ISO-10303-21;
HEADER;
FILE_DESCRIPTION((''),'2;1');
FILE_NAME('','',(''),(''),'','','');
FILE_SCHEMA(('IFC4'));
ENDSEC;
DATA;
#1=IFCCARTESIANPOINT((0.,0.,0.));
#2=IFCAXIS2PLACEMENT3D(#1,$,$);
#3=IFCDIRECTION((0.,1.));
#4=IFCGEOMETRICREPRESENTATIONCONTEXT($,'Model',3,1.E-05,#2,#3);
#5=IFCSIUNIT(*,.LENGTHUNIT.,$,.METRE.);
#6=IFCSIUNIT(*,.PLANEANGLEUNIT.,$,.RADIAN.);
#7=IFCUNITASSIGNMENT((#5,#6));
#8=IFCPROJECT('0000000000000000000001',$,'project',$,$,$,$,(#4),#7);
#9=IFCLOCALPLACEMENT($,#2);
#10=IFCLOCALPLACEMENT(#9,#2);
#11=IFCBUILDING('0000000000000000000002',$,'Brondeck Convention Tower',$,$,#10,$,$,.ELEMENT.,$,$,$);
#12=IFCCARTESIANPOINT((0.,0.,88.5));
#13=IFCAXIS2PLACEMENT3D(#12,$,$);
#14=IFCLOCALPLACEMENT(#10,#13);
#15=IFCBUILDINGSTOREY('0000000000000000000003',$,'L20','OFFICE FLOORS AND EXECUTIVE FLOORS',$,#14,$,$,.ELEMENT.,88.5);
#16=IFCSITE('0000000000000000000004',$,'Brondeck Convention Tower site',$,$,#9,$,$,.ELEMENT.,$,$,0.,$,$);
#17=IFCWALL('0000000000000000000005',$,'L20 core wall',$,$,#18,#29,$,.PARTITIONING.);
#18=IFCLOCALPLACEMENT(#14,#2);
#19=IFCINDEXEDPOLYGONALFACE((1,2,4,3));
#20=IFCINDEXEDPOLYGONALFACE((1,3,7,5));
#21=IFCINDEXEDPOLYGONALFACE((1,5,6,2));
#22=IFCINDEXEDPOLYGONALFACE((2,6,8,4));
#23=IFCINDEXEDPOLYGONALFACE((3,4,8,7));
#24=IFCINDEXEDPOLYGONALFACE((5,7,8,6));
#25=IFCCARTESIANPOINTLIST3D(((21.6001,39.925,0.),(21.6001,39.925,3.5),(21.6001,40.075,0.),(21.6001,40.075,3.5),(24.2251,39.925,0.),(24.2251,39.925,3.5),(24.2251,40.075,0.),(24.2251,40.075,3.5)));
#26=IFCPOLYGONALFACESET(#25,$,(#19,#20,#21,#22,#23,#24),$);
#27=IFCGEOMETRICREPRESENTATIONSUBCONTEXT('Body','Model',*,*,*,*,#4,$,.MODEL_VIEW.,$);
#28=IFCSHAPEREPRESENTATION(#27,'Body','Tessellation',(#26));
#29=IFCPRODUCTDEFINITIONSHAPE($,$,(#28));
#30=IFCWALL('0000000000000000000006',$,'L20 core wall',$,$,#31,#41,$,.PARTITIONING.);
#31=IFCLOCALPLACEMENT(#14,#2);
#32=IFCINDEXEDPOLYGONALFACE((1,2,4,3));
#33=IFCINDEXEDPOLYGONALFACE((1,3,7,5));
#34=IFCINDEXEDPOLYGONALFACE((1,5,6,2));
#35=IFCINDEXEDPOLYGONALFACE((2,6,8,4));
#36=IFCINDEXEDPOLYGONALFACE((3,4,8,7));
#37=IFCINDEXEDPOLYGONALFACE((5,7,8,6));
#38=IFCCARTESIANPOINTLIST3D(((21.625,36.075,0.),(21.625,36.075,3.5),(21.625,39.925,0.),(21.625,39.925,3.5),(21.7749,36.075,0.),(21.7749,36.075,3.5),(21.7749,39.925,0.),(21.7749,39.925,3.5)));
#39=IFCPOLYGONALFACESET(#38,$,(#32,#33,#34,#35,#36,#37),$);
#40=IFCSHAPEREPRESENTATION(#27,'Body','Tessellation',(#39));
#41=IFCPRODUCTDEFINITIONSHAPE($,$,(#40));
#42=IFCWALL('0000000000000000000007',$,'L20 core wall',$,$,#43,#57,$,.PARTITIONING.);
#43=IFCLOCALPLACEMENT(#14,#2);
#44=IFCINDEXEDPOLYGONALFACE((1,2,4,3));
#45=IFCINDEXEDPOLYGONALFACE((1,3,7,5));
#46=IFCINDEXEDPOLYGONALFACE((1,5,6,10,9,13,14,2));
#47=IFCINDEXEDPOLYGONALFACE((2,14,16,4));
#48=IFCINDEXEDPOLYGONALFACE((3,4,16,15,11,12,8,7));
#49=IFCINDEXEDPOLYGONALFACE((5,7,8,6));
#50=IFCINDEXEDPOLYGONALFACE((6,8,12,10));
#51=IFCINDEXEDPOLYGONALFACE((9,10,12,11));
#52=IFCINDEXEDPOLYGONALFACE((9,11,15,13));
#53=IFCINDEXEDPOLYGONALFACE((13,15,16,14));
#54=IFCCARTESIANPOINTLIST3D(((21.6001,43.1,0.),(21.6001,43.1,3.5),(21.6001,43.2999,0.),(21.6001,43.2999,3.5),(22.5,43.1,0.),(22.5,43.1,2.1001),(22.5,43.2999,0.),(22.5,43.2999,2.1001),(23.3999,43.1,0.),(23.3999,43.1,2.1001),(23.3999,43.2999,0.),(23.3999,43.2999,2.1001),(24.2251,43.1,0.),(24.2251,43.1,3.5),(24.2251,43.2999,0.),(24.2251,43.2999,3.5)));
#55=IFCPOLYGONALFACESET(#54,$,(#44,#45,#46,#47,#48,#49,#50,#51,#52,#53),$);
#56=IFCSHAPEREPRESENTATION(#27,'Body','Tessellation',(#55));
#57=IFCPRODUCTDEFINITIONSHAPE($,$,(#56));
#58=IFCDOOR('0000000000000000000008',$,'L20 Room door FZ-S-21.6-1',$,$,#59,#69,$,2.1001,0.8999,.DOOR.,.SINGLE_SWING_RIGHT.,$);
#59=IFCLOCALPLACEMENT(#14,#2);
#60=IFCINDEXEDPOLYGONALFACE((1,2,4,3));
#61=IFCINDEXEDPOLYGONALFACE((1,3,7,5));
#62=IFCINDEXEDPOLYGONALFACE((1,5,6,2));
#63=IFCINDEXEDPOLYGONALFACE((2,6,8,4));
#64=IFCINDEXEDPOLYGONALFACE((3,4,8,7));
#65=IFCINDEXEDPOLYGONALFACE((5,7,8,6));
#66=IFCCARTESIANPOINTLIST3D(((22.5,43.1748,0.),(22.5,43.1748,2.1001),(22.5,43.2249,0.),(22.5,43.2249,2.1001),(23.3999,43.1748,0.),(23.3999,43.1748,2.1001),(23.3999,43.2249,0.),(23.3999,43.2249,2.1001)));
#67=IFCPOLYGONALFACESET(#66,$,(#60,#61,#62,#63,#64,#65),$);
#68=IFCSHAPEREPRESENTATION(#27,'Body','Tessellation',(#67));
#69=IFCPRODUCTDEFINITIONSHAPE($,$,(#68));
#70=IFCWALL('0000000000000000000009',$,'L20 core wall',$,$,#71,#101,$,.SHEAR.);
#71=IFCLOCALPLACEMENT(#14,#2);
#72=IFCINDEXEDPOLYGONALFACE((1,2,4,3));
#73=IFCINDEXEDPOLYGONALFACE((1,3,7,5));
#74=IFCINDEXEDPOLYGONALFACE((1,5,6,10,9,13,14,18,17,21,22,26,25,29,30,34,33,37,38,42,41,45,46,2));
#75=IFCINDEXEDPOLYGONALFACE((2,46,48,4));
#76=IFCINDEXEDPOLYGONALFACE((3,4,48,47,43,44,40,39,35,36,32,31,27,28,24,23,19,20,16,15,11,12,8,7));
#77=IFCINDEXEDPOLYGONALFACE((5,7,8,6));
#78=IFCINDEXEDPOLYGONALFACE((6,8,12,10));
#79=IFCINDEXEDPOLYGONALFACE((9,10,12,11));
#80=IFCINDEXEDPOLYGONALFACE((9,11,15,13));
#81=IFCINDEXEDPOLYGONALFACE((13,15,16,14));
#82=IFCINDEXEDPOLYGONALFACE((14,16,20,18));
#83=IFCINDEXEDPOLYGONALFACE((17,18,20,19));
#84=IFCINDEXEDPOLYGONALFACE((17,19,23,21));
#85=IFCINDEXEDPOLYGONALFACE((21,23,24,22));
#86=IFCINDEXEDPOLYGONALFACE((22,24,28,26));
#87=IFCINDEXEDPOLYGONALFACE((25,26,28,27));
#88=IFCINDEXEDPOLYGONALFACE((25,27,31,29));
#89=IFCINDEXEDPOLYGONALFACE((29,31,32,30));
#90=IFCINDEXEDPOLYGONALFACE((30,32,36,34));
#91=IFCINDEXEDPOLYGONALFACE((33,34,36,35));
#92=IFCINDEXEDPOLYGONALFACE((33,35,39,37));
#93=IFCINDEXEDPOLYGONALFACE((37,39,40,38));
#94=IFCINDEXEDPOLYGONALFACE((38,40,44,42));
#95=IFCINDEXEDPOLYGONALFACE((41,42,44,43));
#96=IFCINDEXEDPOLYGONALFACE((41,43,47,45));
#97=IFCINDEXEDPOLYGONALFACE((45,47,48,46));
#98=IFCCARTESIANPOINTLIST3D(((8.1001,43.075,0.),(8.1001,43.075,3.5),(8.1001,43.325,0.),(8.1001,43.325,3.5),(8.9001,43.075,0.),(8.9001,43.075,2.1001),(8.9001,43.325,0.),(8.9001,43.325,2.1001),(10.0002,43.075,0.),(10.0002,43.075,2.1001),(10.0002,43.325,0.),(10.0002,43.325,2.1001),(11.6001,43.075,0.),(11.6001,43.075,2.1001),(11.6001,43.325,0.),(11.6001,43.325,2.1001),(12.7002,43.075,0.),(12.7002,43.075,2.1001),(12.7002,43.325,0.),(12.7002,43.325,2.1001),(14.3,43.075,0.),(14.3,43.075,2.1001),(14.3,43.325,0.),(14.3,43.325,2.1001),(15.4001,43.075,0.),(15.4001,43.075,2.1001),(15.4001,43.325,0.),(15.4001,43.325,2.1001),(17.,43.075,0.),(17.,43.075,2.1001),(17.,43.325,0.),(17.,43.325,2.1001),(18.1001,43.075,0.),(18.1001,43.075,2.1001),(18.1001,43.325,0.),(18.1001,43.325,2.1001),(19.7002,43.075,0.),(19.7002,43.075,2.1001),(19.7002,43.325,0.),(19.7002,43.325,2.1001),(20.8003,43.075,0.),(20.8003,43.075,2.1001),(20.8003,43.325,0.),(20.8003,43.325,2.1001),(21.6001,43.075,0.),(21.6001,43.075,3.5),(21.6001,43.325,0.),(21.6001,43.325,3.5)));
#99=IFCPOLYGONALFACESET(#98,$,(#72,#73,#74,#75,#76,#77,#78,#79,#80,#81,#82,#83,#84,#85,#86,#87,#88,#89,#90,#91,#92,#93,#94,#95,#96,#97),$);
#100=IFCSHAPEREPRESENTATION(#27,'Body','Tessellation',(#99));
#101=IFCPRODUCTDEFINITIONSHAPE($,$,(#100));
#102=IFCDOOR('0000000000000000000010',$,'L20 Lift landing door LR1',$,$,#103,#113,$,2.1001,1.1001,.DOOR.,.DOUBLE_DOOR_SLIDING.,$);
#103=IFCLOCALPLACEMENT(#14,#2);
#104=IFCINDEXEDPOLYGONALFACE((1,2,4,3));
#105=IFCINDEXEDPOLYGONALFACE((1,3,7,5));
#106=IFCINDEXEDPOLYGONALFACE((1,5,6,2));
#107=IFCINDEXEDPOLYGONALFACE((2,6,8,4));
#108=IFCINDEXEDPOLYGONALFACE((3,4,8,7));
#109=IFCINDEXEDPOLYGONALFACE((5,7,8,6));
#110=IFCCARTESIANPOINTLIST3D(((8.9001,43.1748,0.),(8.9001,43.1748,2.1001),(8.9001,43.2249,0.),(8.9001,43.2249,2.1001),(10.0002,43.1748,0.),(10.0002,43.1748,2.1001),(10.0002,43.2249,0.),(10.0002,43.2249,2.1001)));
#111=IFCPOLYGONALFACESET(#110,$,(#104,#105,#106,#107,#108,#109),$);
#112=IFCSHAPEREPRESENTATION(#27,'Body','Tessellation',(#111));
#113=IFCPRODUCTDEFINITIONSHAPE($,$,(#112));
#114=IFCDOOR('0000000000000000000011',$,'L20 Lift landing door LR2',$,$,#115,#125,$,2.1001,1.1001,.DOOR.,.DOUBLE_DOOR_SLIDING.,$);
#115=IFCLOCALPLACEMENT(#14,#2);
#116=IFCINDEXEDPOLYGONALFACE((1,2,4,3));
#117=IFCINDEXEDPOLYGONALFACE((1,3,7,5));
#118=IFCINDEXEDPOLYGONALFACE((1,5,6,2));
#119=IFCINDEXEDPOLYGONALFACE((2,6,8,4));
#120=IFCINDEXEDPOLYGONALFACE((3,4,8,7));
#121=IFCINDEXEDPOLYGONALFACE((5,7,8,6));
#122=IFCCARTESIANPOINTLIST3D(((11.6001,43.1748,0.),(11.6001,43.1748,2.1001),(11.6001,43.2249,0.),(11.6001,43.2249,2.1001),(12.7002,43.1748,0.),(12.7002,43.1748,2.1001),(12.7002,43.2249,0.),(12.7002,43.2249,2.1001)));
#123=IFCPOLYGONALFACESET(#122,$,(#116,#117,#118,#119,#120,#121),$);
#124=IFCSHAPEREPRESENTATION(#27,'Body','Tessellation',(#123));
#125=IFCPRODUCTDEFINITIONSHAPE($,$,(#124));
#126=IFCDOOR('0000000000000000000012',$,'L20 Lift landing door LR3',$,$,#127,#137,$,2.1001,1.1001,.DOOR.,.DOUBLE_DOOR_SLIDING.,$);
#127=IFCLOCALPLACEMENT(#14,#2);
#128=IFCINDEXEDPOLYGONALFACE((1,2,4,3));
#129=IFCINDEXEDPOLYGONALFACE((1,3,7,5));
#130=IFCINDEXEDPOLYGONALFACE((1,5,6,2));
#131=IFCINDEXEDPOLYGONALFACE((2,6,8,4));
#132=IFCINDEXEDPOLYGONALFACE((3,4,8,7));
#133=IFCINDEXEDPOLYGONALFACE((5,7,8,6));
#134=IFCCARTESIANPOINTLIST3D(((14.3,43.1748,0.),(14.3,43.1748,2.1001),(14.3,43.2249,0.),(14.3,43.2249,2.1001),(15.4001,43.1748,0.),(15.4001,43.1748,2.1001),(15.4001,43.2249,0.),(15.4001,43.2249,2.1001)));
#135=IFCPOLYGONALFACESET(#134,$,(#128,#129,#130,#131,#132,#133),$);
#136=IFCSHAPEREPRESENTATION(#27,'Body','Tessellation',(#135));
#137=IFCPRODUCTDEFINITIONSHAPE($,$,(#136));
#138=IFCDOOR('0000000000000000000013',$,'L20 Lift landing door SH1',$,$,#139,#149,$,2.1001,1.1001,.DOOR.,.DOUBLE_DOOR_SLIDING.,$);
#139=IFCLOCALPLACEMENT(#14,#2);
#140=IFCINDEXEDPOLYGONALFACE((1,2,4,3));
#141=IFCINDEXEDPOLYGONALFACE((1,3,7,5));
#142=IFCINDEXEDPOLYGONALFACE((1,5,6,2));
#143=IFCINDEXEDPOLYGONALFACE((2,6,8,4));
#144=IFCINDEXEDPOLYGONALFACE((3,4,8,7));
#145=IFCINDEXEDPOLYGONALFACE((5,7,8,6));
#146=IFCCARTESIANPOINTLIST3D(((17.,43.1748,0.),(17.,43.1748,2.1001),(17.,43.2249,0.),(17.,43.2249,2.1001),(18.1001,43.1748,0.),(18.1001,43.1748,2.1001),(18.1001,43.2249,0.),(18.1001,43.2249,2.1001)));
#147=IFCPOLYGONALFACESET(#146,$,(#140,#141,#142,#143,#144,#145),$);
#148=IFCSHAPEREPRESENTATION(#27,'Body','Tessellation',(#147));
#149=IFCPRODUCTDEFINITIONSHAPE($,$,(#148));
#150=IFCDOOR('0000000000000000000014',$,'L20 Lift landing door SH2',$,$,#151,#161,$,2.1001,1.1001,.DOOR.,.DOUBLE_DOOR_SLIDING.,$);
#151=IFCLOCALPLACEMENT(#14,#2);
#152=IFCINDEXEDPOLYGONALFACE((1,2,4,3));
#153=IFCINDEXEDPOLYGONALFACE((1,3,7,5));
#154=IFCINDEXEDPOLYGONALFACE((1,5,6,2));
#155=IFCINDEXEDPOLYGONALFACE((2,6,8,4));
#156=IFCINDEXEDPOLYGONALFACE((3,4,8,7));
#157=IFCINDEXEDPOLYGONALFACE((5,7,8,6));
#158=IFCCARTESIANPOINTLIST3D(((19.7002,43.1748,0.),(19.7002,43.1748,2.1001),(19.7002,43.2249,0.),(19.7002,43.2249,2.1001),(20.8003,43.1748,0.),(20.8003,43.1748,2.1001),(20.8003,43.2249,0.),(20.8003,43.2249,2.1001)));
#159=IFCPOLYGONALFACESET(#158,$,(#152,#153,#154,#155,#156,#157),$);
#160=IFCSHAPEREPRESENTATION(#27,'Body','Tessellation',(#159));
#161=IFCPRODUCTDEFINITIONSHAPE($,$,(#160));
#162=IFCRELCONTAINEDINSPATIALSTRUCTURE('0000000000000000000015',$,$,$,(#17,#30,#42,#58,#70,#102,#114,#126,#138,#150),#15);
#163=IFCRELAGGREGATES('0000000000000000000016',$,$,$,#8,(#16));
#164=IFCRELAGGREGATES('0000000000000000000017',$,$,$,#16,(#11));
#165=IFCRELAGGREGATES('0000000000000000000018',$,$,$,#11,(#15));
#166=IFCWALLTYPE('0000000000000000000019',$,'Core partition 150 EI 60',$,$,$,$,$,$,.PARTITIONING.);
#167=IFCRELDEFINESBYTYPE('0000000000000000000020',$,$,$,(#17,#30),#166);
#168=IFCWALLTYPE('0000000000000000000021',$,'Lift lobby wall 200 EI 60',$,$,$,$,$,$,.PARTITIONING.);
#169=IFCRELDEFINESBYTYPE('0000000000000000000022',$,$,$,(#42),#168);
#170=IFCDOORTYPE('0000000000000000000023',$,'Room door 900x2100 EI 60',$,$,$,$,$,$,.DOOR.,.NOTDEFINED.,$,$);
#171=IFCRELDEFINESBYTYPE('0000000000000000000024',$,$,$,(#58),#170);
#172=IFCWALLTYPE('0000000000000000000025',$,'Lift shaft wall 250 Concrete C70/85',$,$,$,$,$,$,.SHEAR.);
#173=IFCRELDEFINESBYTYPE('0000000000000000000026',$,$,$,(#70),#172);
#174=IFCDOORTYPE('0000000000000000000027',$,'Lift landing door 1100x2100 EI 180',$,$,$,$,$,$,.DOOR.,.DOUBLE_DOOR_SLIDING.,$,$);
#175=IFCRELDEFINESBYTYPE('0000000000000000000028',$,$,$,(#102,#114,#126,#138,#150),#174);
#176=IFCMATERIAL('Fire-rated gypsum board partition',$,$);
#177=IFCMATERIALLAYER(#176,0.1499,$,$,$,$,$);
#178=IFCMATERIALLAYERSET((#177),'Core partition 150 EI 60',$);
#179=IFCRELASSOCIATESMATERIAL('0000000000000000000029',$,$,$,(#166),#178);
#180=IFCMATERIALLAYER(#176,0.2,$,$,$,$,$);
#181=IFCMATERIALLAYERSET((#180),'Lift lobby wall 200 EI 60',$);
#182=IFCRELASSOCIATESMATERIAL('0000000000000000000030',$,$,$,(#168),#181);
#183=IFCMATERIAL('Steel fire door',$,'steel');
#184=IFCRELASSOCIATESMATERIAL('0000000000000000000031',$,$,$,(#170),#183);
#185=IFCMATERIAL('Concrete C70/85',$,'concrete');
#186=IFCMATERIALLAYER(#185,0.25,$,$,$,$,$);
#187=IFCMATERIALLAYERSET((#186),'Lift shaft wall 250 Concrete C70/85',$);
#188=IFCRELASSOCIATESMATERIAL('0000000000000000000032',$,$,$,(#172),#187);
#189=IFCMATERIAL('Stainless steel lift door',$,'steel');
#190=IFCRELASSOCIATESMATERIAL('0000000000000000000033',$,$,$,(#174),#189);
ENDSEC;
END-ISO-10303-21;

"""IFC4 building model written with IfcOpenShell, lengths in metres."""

from ifc_helpers import new_model, si_unit, direction, frame, frame_2d, origin, place, context, subcontext, project, spatial, rectangle, extrude, material, layer, layer_set, type_object, element, fill, save


model = new_model("IFC4")

# Units and contexts
model_context = context("Model", 3, precision=1e-05, world=origin(), true_north=direction((0.0, 1.0)))
body_context = subcontext(model_context, "Body", "Model", "MODEL_VIEW")
ifc_project = project(units=[si_unit("LENGTHUNIT", "METRE"), si_unit("PLANEANGLEUNIT", "RADIAN")], contexts=[model_context])

# Site, building, storey
site_placement = place(None, origin())
site = spatial("IfcSite", under=ifc_project, at=site_placement, Name="Brondeck Convention Tower site", CompositionType="ELEMENT", RefElevation=0.0)
building_placement = place(site_placement, origin())
building = spatial("IfcBuilding", under=site, at=building_placement, Name="Brondeck Convention Tower", CompositionType="ELEMENT")
storey_placement = place(building_placement, frame((0.0, 0.0, 88.5)))
storey = spatial("IfcBuildingStorey", under=building, at=storey_placement, Name="L20", Description="OFFICE FLOORS AND EXECUTIVE FLOORS", CompositionType="ELEMENT", Elevation=88.5)

# Walls
ifc_material_1 = material(Name="Fire-rated gypsum board partition")
ifc_layer_1 = layer(ifc_material_1, 0.1499)
ifc_layer_set_1 = layer_set([ifc_layer_1], Name="Core partition 150 EI 60")
wall_type_1 = type_object("IfcWallType", Name="Core partition 150 EI 60", PredefinedType="PARTITIONING", material=ifc_layer_set_1)
wall_1_placement = place(storey_placement, frame((21.6001, 40.0, 0.0), z_axis=(0.0, 0.0, 1.0), x_axis=(1.0, 0.0, 0.0)))
element("IfcWall", 1, at=wall_1_placement, inside=storey, type_object=wall_type_1, Name="L20 core wall", PredefinedType="PARTITIONING", context=body_context, shape_type="SweptSolid", body=[
    extrude(rectangle(XDim=2.625, YDim=0.1499, at=frame_2d((1.3125, 0.0))), origin(), (0.0, 0.0, 1.0), 3.5),
])
wall_2_placement = place(storey_placement, frame((21.7, 36.075, 0.0), z_axis=(0.0, 0.0, 1.0), x_axis=(0.0, 1.0, 0.0)))
element("IfcWall", 2, at=wall_2_placement, inside=storey, type_object=wall_type_1, Name="L20 core wall", PredefinedType="PARTITIONING", context=body_context, shape_type="SweptSolid", body=[
    extrude(rectangle(XDim=3.8501, YDim=0.1499, at=frame_2d((1.925, 0.0))), origin(), (0.0, 0.0, 1.0), 3.5),
])

# Wall, opening, door
ifc_layer_2 = layer(ifc_material_1, 0.2)
ifc_layer_set_2 = layer_set([ifc_layer_2], Name="Lift lobby wall 200 EI 60")
wall_type_2 = type_object("IfcWallType", Name="Lift lobby wall 200 EI 60", PredefinedType="PARTITIONING", material=ifc_layer_set_2)
wall_3_placement = place(storey_placement, frame((21.6001, 43.2, 0.0), z_axis=(0.0, 0.0, 1.0), x_axis=(1.0, 0.0, 0.0)))
wall_3 = element("IfcWall", 3, at=wall_3_placement, inside=storey, type_object=wall_type_2, Name="L20 core wall", PredefinedType="PARTITIONING", context=body_context, shape_type="SweptSolid", body=[
    extrude(rectangle(XDim=2.625, YDim=0.2, at=frame_2d((1.3125, 0.0))), origin(), (0.0, 0.0, 1.0), 3.5),
])
opening_1_placement = place(wall_3_placement, frame((0.8999, 0.0, 0.0)))
opening_1 = element("IfcOpeningElement", 4, at=opening_1_placement, cuts=wall_3, PredefinedType="OPENING", context=body_context, shape_type="SweptSolid", body=[
    extrude(rectangle(XDim=0.8999, YDim=2.1001, at=frame_2d((0.45, 1.05))), frame((0.0, 0.1099, 0.0), z_axis=(0.0, -1.0, 0.0), x_axis=(1.0, 0.0, 0.0)), (0.0, 0.0, 1.0), 0.22),
])
ifc_material_2 = material(Name="Steel fire door", Category="steel")
door_type_1 = type_object("IfcDoorType", Name="Room door 900x2100 EI 60", OperationType="NOTDEFINED", PredefinedType="DOOR", material=ifc_material_2)
door_1_placement = place(opening_1_placement, origin())
door_1 = element("IfcDoor", 5, at=door_1_placement, inside=storey, type_object=door_type_1, Name="L20 Room door FZ-S-21.6-1", OperationType="SINGLE_SWING_RIGHT", OverallHeight=2.1001, OverallWidth=0.8999, PredefinedType="DOOR", context=body_context, shape_type="SweptSolid", body=[
    extrude(rectangle(XDim=0.8999, YDim=2.1001, at=frame_2d((0.45, 1.05))), frame((0.0, 0.0249, 0.0), z_axis=(0.0, -1.0, 0.0), x_axis=(1.0, 0.0, 0.0)), (0.0, 0.0, 1.0), 0.05),
])
fill(opening_1, door_1)

# Wall, openings, doors
ifc_material_3 = material(Name="Concrete C70/85", Category="concrete")
ifc_layer_3 = layer(ifc_material_3, 0.25)
ifc_layer_set_3 = layer_set([ifc_layer_3], Name="Lift shaft wall 250 Concrete C70/85")
wall_type_3 = type_object("IfcWallType", Name="Lift shaft wall 250 Concrete C70/85", PredefinedType="SHEAR", material=ifc_layer_set_3)
wall_4_placement = place(storey_placement, frame((8.1001, 43.2, 0.0), z_axis=(0.0, 0.0, 1.0), x_axis=(1.0, 0.0, 0.0)))
wall_4 = element("IfcWall", 6, at=wall_4_placement, inside=storey, type_object=wall_type_3, Name="L20 core wall", PredefinedType="SHEAR", context=body_context, shape_type="SweptSolid", body=[
    extrude(rectangle(XDim=13.5, YDim=0.25, at=frame_2d((6.75, 0.0))), origin(), (0.0, 0.0, 1.0), 3.5),
])
opening_2_placement = place(wall_4_placement, frame((0.8, 0.0, 0.0)))
opening_2 = element("IfcOpeningElement", 7, at=opening_2_placement, cuts=wall_4, PredefinedType="OPENING", context=body_context, shape_type="SweptSolid", body=[
    extrude(rectangle(XDim=1.1001, YDim=2.1001, at=frame_2d((0.55, 1.05))), frame((0.0, 0.135, 0.0), z_axis=(0.0, -1.0, 0.0), x_axis=(1.0, 0.0, 0.0)), (0.0, 0.0, 1.0), 0.27),
])
opening_3_placement = place(wall_4_placement, frame((3.5, 0.0, 0.0)))
opening_3 = element("IfcOpeningElement", 8, at=opening_3_placement, cuts=wall_4, PredefinedType="OPENING", context=body_context, shape_type="SweptSolid", body=[
    extrude(rectangle(XDim=1.1001, YDim=2.1001, at=frame_2d((0.55, 1.05))), frame((0.0, 0.135, 0.0), z_axis=(0.0, -1.0, 0.0), x_axis=(1.0, 0.0, 0.0)), (0.0, 0.0, 1.0), 0.27),
])
opening_4_placement = place(wall_4_placement, frame((6.2, 0.0, 0.0)))
opening_4 = element("IfcOpeningElement", 9, at=opening_4_placement, cuts=wall_4, PredefinedType="OPENING", context=body_context, shape_type="SweptSolid", body=[
    extrude(rectangle(XDim=1.1001, YDim=2.1001, at=frame_2d((0.55, 1.05))), frame((0.0, 0.135, 0.0), z_axis=(0.0, -1.0, 0.0), x_axis=(1.0, 0.0, 0.0)), (0.0, 0.0, 1.0), 0.27),
])
opening_5_placement = place(wall_4_placement, frame((8.8999, 0.0, 0.0)))
opening_5 = element("IfcOpeningElement", 10, at=opening_5_placement, cuts=wall_4, PredefinedType="OPENING", context=body_context, shape_type="SweptSolid", body=[
    extrude(rectangle(XDim=1.1001, YDim=2.1001, at=frame_2d((0.55, 1.05))), frame((0.0, 0.135, 0.0), z_axis=(0.0, -1.0, 0.0), x_axis=(1.0, 0.0, 0.0)), (0.0, 0.0, 1.0), 0.27),
])
opening_6_placement = place(wall_4_placement, frame((11.6001, 0.0, 0.0)))
opening_6 = element("IfcOpeningElement", 11, at=opening_6_placement, cuts=wall_4, PredefinedType="OPENING", context=body_context, shape_type="SweptSolid", body=[
    extrude(rectangle(XDim=1.1001, YDim=2.1001, at=frame_2d((0.55, 1.05))), frame((0.0, 0.135, 0.0), z_axis=(0.0, -1.0, 0.0), x_axis=(1.0, 0.0, 0.0)), (0.0, 0.0, 1.0), 0.27),
])
ifc_material_4 = material(Name="Stainless steel lift door", Category="steel")
door_type_2 = type_object("IfcDoorType", Name="Lift landing door 1100x2100 EI 180", OperationType="DOUBLE_DOOR_SLIDING", PredefinedType="DOOR", material=ifc_material_4)
door_2_placement = place(opening_2_placement, origin())
door_2 = element("IfcDoor", 12, at=door_2_placement, inside=storey, type_object=door_type_2, Name="L20 Lift landing door LR1", OperationType="DOUBLE_DOOR_SLIDING", OverallHeight=2.1001, OverallWidth=1.1001, PredefinedType="DOOR", context=body_context, shape_type="SweptSolid", body=[
    extrude(rectangle(XDim=1.1001, YDim=2.1001, at=frame_2d((0.55, 1.05))), frame((0.0, 0.0249, 0.0), z_axis=(0.0, -1.0, 0.0), x_axis=(1.0, 0.0, 0.0)), (0.0, 0.0, 1.0), 0.05),
])
fill(opening_2, door_2)
door_3_placement = place(opening_3_placement, origin())
door_3 = element("IfcDoor", 13, at=door_3_placement, inside=storey, type_object=door_type_2, Name="L20 Lift landing door LR2", OperationType="DOUBLE_DOOR_SLIDING", OverallHeight=2.1001, OverallWidth=1.1001, PredefinedType="DOOR", context=body_context, shape_type="SweptSolid", body=[
    extrude(rectangle(XDim=1.1001, YDim=2.1001, at=frame_2d((0.55, 1.05))), frame((0.0, 0.0249, 0.0), z_axis=(0.0, -1.0, 0.0), x_axis=(1.0, 0.0, 0.0)), (0.0, 0.0, 1.0), 0.05),
])
fill(opening_3, door_3)
door_4_placement = place(opening_4_placement, origin())
door_4 = element("IfcDoor", 14, at=door_4_placement, inside=storey, type_object=door_type_2, Name="L20 Lift landing door LR3", OperationType="DOUBLE_DOOR_SLIDING", OverallHeight=2.1001, OverallWidth=1.1001, PredefinedType="DOOR", context=body_context, shape_type="SweptSolid", body=[
    extrude(rectangle(XDim=1.1001, YDim=2.1001, at=frame_2d((0.55, 1.05))), frame((0.0, 0.0249, 0.0), z_axis=(0.0, -1.0, 0.0), x_axis=(1.0, 0.0, 0.0)), (0.0, 0.0, 1.0), 0.05),
])
fill(opening_4, door_4)
door_5_placement = place(opening_5_placement, origin())
door_5 = element("IfcDoor", 15, at=door_5_placement, inside=storey, type_object=door_type_2, Name="L20 Lift landing door SH1", OperationType="DOUBLE_DOOR_SLIDING", OverallHeight=2.1001, OverallWidth=1.1001, PredefinedType="DOOR", context=body_context, shape_type="SweptSolid", body=[
    extrude(rectangle(XDim=1.1001, YDim=2.1001, at=frame_2d((0.55, 1.05))), frame((0.0, 0.0249, 0.0), z_axis=(0.0, -1.0, 0.0), x_axis=(1.0, 0.0, 0.0)), (0.0, 0.0, 1.0), 0.05),
])
fill(opening_5, door_5)
door_6_placement = place(opening_6_placement, origin())
door_6 = element("IfcDoor", 16, at=door_6_placement, inside=storey, type_object=door_type_2, Name="L20 Lift landing door SH2", OperationType="DOUBLE_DOOR_SLIDING", OverallHeight=2.1001, OverallWidth=1.1001, PredefinedType="DOOR", context=body_context, shape_type="SweptSolid", body=[
    extrude(rectangle(XDim=1.1001, YDim=2.1001, at=frame_2d((0.55, 1.05))), frame((0.0, 0.0249, 0.0), z_axis=(0.0, -1.0, 0.0), x_axis=(1.0, 0.0, 0.0)), (0.0, 0.0, 1.0), 0.05),
])
fill(opening_6, door_6)

save(model, "model.ifc")
